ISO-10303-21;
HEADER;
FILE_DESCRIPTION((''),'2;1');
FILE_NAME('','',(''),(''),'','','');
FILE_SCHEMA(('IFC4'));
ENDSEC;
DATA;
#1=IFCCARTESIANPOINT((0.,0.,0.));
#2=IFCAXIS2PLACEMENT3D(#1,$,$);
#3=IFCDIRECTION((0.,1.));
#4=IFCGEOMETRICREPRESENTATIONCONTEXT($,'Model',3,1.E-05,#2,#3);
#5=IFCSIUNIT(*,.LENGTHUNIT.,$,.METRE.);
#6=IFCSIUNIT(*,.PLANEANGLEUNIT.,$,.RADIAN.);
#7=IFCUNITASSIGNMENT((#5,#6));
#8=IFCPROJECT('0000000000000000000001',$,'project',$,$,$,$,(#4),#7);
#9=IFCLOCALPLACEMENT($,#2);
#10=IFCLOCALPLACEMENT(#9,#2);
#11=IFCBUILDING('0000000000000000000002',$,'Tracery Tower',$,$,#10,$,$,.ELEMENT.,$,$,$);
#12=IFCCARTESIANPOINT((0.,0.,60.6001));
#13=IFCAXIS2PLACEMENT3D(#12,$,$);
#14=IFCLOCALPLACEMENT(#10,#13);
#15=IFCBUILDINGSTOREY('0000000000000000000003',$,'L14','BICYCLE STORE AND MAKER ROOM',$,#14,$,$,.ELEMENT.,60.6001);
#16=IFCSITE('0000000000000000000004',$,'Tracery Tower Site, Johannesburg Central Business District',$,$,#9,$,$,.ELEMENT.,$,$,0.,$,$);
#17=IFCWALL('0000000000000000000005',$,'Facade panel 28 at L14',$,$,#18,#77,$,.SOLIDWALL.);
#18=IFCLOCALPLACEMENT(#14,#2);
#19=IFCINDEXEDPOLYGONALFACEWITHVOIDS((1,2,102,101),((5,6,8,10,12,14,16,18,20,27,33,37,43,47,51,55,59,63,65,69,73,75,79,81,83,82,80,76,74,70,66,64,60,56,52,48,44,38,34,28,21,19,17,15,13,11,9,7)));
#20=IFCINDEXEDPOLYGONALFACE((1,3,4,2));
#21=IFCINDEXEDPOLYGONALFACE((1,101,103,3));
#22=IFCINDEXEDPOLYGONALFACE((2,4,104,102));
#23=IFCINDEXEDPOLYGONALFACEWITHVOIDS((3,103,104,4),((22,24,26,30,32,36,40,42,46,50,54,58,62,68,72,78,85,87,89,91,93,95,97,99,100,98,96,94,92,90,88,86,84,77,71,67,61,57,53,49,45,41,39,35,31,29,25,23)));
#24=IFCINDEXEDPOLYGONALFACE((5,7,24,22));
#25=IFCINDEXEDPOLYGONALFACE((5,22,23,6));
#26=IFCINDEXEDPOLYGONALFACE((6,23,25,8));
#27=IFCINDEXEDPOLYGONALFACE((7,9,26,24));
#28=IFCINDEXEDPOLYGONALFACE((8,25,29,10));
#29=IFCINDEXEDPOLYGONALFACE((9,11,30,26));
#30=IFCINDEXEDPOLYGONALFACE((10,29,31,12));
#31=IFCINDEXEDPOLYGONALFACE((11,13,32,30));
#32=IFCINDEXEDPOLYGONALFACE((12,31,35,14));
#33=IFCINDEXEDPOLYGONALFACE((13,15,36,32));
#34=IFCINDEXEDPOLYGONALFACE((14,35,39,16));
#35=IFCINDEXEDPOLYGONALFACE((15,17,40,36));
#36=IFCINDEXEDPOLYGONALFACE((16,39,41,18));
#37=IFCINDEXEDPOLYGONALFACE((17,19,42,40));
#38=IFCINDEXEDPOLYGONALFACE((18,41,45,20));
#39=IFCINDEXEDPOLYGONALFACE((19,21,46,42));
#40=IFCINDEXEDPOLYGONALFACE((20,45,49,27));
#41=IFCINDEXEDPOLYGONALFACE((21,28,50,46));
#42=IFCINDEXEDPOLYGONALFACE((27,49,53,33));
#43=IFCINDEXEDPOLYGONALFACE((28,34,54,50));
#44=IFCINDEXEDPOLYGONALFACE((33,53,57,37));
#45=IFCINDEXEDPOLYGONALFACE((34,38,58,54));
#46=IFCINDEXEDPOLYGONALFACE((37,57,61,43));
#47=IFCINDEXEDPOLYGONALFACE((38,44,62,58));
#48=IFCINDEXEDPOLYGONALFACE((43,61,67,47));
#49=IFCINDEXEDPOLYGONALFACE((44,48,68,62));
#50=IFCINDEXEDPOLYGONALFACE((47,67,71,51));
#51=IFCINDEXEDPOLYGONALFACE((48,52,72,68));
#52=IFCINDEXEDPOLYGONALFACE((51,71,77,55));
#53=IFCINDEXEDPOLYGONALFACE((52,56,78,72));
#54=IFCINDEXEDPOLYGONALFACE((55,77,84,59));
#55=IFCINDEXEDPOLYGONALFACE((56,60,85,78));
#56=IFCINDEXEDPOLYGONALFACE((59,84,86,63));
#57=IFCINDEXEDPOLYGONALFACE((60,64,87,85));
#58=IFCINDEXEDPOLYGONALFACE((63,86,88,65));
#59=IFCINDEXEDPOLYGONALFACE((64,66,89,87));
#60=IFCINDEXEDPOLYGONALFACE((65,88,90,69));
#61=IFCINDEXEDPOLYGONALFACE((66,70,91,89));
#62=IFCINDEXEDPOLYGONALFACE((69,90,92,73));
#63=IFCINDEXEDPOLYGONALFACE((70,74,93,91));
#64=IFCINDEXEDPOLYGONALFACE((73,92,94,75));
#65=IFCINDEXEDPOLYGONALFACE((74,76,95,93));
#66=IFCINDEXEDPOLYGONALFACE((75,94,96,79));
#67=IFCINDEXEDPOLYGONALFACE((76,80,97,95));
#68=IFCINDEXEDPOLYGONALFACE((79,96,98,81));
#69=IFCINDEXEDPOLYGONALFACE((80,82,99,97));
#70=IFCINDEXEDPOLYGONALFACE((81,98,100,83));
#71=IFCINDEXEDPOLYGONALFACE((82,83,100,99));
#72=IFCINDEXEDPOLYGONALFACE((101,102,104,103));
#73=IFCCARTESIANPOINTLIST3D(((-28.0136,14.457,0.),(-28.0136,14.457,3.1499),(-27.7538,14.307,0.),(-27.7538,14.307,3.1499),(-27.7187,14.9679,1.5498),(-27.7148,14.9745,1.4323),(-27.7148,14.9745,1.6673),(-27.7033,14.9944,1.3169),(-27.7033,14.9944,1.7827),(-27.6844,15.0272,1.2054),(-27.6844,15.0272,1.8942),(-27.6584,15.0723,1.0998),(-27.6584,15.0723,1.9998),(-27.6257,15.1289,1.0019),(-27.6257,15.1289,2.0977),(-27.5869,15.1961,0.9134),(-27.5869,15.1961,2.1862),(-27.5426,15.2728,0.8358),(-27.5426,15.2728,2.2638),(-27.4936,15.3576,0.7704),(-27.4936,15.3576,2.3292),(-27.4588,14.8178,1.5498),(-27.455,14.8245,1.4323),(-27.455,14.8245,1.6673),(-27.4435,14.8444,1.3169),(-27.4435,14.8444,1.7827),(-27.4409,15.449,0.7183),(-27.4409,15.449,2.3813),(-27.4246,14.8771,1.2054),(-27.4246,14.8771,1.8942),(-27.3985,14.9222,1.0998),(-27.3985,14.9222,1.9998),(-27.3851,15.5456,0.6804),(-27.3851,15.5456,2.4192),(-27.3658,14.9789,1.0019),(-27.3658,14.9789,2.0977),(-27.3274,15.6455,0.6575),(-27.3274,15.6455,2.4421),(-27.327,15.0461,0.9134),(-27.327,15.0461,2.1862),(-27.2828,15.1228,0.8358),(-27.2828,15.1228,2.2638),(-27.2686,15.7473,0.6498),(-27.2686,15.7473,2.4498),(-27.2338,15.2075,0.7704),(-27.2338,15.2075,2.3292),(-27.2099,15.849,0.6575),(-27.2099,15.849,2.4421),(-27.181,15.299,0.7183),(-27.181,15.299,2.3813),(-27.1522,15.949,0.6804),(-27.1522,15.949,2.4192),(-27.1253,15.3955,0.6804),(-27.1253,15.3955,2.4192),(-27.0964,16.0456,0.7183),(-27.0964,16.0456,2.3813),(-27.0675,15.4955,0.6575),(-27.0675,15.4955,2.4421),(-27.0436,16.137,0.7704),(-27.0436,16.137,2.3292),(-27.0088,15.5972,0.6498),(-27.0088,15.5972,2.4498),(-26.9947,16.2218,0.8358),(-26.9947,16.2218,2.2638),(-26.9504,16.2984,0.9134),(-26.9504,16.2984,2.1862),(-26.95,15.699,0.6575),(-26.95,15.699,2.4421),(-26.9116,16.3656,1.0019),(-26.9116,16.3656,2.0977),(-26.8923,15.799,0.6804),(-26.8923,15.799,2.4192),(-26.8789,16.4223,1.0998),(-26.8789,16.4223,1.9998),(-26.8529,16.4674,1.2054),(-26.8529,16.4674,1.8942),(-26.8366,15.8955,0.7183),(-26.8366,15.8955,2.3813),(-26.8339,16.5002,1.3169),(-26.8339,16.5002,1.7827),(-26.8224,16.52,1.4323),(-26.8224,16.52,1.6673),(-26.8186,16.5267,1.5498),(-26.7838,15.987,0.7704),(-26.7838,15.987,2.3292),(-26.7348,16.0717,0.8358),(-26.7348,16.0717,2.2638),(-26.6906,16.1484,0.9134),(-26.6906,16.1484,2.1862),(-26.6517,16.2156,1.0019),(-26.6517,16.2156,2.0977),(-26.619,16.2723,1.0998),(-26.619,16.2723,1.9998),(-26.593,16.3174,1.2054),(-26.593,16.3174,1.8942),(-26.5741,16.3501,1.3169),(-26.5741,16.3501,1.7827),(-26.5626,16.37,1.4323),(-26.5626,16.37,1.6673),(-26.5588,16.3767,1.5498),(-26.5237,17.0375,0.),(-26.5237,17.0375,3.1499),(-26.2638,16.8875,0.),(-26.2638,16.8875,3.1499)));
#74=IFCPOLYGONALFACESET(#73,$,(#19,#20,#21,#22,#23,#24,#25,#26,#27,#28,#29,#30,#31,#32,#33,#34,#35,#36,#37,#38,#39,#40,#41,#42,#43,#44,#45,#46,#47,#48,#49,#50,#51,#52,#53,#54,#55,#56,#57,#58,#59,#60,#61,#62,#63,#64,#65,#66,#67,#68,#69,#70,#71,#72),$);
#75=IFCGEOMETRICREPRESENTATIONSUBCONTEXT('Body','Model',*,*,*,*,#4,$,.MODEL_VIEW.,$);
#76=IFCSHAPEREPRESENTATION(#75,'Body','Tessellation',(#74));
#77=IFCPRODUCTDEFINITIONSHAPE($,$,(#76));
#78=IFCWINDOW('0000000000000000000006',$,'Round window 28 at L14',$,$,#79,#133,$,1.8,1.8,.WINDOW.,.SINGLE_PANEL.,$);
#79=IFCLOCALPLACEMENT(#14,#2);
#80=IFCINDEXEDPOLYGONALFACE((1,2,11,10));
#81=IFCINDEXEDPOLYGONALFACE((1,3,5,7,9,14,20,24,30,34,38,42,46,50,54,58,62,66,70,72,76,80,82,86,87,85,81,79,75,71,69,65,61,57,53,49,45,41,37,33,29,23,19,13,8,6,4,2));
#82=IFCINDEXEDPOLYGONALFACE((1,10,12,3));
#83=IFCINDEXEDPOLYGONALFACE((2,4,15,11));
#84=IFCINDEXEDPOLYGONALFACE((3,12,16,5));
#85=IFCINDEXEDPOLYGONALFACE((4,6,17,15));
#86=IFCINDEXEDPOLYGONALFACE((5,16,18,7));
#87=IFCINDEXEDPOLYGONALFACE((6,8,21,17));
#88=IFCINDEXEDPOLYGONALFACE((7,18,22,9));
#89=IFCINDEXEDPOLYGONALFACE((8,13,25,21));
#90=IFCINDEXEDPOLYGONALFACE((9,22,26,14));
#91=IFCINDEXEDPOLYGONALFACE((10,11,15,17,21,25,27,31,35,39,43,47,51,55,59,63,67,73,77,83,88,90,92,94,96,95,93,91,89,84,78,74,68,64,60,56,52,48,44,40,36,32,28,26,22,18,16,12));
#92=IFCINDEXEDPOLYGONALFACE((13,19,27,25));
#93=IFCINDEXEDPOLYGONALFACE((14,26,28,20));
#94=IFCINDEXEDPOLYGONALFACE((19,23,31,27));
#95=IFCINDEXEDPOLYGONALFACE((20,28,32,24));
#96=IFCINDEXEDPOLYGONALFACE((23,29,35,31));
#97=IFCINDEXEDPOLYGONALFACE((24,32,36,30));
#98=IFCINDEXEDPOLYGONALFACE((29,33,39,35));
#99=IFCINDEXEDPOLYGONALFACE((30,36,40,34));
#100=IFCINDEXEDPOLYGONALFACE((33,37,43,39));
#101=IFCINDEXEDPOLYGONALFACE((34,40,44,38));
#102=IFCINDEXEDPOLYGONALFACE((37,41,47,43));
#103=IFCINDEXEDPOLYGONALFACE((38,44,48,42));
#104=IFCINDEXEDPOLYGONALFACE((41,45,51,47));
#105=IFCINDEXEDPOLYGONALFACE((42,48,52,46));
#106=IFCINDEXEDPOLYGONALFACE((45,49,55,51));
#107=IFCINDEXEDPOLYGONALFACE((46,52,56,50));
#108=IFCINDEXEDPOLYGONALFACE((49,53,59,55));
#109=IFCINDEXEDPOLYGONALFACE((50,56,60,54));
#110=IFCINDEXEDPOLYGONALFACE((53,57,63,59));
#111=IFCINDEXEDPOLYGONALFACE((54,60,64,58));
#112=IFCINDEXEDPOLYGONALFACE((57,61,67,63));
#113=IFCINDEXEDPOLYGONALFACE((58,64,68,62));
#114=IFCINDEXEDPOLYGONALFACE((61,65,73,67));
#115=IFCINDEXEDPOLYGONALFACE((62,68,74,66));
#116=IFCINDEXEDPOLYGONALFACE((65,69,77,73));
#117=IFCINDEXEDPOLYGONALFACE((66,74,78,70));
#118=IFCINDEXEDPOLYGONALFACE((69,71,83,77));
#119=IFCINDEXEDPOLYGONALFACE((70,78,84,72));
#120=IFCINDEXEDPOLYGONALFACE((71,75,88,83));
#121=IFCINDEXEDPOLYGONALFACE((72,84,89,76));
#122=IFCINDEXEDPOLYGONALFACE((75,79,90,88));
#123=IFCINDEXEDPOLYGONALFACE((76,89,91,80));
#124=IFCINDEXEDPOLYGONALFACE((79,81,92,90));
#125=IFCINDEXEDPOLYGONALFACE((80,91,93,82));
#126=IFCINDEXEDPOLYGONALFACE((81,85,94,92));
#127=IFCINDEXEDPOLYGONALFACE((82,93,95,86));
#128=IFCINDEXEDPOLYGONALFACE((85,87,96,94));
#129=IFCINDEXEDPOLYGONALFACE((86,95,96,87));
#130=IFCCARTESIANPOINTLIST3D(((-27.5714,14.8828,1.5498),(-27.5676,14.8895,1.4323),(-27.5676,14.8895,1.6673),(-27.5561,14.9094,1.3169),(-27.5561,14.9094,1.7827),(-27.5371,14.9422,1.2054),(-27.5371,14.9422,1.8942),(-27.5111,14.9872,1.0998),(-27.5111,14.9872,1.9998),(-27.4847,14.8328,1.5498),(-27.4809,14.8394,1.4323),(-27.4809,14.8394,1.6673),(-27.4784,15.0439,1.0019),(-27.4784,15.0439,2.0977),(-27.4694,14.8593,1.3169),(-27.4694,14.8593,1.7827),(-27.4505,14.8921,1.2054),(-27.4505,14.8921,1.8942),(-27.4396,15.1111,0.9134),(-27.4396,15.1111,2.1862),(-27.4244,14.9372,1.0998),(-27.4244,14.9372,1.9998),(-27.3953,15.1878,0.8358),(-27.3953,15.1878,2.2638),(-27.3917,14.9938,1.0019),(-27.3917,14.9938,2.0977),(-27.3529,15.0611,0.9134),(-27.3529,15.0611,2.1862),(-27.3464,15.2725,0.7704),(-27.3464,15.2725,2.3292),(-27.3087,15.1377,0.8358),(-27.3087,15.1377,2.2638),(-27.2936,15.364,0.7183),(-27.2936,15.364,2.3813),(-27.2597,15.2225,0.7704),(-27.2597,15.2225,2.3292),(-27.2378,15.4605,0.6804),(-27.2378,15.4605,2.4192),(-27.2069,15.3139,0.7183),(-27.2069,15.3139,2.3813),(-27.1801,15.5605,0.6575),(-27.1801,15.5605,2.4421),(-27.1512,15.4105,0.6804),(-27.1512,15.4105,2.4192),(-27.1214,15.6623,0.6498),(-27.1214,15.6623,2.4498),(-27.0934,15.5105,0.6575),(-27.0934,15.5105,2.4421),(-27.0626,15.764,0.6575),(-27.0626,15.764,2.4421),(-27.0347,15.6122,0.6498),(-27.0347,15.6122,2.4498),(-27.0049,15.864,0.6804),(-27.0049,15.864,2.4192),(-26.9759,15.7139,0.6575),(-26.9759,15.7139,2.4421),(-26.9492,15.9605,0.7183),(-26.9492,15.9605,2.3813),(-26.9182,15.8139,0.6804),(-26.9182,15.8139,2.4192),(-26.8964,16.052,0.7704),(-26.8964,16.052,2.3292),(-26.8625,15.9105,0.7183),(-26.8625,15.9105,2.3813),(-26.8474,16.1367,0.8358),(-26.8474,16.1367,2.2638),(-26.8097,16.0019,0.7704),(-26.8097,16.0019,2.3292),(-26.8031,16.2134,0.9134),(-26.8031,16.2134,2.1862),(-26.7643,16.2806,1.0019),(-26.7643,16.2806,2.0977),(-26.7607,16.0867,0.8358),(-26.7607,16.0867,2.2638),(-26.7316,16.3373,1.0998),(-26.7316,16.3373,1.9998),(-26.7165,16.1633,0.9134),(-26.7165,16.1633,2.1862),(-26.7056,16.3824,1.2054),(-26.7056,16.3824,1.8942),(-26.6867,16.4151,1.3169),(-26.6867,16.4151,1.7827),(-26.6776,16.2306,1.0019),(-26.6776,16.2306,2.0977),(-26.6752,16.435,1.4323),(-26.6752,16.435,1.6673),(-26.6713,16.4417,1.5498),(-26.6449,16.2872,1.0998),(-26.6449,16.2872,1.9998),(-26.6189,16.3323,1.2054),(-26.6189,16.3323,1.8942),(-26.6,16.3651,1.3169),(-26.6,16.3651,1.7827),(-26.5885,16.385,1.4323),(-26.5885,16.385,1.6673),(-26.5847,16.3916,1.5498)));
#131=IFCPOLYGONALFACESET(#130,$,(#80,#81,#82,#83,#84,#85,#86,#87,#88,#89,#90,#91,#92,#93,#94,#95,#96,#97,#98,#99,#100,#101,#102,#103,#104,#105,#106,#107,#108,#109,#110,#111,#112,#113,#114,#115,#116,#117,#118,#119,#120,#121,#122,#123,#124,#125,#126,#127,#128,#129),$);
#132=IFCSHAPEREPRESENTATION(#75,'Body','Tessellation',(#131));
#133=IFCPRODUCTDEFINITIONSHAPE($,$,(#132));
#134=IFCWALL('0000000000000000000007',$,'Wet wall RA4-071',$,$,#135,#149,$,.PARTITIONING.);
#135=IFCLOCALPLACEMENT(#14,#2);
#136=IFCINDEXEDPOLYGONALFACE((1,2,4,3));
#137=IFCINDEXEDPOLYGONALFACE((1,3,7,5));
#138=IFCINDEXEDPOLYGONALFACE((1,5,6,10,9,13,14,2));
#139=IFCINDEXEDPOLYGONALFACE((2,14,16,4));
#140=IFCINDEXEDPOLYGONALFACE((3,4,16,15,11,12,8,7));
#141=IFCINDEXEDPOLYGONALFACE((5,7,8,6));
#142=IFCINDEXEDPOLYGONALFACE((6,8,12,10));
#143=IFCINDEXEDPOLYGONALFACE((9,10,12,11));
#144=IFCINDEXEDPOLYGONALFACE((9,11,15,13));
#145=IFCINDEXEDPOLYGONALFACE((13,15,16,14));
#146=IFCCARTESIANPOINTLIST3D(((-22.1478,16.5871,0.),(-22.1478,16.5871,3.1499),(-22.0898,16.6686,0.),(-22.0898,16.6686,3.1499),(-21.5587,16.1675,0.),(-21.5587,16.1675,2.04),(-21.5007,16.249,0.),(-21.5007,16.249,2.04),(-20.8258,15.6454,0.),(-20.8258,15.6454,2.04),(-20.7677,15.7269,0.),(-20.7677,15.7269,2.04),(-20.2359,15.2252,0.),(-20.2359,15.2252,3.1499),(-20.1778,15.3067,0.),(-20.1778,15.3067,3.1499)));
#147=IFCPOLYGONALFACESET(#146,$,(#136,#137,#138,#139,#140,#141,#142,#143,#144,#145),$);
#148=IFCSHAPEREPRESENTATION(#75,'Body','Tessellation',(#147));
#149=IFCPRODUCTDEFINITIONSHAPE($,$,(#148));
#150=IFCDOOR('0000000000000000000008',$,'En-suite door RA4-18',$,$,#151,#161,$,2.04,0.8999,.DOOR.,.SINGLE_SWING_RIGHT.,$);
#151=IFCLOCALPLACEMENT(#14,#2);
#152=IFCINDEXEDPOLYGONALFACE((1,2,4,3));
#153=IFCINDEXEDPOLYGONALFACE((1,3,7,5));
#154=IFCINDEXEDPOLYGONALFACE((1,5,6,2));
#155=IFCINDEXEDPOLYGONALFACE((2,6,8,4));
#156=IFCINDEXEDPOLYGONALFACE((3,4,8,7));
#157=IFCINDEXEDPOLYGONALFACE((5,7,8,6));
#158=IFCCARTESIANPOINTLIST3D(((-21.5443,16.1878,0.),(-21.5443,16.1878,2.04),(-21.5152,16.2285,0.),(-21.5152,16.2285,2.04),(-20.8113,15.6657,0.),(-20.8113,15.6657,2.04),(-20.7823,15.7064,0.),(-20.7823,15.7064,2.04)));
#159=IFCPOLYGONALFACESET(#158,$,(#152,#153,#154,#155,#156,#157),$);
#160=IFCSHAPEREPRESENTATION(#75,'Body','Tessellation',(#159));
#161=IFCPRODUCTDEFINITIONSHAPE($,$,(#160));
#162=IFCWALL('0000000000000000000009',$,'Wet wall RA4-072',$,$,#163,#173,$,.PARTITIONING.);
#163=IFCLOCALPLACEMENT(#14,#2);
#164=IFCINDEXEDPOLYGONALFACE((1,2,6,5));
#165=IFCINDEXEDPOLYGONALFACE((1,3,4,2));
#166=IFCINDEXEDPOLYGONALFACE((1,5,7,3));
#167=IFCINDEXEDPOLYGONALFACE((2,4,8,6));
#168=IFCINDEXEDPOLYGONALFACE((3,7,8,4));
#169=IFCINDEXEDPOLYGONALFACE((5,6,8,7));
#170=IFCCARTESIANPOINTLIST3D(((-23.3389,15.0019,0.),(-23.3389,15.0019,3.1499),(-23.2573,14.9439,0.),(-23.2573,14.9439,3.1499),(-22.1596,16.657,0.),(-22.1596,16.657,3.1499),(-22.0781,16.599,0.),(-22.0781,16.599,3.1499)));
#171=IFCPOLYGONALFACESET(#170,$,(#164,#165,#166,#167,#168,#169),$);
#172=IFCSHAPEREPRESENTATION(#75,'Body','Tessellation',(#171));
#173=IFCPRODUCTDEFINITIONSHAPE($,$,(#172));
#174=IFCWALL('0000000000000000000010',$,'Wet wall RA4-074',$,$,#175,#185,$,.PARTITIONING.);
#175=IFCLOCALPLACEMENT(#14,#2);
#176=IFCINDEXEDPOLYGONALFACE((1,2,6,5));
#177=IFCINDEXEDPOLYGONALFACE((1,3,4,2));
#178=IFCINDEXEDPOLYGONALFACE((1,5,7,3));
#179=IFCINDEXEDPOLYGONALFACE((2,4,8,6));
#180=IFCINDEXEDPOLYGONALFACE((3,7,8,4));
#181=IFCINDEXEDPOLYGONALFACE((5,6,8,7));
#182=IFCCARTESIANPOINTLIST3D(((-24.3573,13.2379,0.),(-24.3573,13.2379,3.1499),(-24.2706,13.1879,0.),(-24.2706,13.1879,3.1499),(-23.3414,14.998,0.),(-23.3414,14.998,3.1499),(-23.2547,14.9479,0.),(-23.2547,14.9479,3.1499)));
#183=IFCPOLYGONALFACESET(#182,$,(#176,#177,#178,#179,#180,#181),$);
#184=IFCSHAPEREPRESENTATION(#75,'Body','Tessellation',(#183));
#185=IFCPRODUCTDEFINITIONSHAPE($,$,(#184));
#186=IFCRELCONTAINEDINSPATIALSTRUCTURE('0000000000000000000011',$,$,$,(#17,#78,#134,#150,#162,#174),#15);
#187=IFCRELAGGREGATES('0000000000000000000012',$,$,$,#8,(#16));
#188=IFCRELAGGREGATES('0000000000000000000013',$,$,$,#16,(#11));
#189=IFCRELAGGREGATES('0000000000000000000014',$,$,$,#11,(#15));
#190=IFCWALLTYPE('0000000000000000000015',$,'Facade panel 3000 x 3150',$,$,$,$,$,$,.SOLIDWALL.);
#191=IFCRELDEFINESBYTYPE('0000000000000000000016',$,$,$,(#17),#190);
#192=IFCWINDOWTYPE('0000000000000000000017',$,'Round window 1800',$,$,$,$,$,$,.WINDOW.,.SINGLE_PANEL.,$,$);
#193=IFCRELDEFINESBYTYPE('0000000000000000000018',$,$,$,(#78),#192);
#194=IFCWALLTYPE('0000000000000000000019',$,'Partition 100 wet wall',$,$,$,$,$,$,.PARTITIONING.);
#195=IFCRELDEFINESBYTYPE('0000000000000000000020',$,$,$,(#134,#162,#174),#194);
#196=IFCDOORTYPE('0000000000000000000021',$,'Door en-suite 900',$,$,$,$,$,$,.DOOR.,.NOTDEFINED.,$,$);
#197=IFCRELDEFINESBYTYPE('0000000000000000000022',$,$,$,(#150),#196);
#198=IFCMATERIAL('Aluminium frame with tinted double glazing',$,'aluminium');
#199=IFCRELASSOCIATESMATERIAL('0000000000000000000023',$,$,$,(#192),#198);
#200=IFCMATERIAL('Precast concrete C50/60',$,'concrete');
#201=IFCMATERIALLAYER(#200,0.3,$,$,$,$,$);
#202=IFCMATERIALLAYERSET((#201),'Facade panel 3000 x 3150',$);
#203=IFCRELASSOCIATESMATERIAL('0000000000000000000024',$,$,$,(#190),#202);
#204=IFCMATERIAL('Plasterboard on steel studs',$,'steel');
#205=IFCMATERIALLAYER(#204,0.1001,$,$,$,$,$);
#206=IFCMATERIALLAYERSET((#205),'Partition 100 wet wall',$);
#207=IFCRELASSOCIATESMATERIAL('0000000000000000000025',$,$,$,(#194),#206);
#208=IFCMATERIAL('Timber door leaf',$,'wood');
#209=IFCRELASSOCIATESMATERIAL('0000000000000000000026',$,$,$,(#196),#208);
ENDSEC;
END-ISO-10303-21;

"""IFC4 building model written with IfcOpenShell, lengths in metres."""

from ifc_helpers import new_model, si_unit, direction, frame, frame_2d, origin, origin_2d, place, context, subcontext, project, spatial, rectangle, circle, extrude, material, layer, layer_set, type_object, element, fill, save


model = new_model("IFC4")

# Units and contexts
model_context = context("Model", 3, precision=1e-05, world=origin(), true_north=direction((0.0, 1.0)))
body_context = subcontext(model_context, "Body", "Model", "MODEL_VIEW")
ifc_project = project(units=[si_unit("LENGTHUNIT", "METRE"), si_unit("PLANEANGLEUNIT", "RADIAN")], contexts=[model_context])

# Site, building, storey
site_placement = place(None, origin())
site = spatial("IfcSite", under=ifc_project, at=site_placement, Name="Tracery Tower Site, Johannesburg Central Business District", CompositionType="ELEMENT", RefElevation=0.0)
building_placement = place(site_placement, origin())
building = spatial("IfcBuilding", under=site, at=building_placement, Name="Tracery Tower", CompositionType="ELEMENT")
storey_placement = place(building_placement, frame((0.0, 0.0, 60.6001)))
storey = spatial("IfcBuildingStorey", under=building, at=storey_placement, Name="L14", Description="BICYCLE STORE AND MAKER ROOM", CompositionType="ELEMENT", Elevation=60.6001)

# Wall, opening, window
ifc_material_1 = material(Name="Aluminium frame with tinted double glazing", Category="aluminium")
window_type = type_object("IfcWindowType", Name="Round window 1800", PartitioningType="SINGLE_PANEL", PredefinedType="WINDOW", material=ifc_material_1)
ifc_material_2 = material(Name="Precast concrete C50/60", Category="concrete")
ifc_layer_1 = layer(ifc_material_2, 0.3)
ifc_layer_set_1 = layer_set([ifc_layer_1], Name="Facade panel 3000 x 3150")
wall_type_1 = type_object("IfcWallType", Name="Facade panel 3000 x 3150", PredefinedType="SOLIDWALL", material=ifc_layer_set_1)
wall_1_placement = place(storey_placement, frame((-26.3938, 16.9624, 0.0), z_axis=(0.0, 0.0, 1.0), x_axis=(-0.500025, -0.866011, 0.0)))
wall_1 = element("IfcWall", 1, at=wall_1_placement, inside=storey, type_object=wall_type_1, Name="Facade panel 28 at L14", PredefinedType="SOLIDWALL", context=body_context, shape_type="SweptSolid", body=[
    extrude(rectangle(XDim=2.9797, YDim=0.3, at=frame_2d((1.4897, 0.0))), origin(), (0.0, 0.0, 1.0), 3.1499),
])
opening_1_placement = place(wall_1_placement, frame((1.4897, 0.0, 1.5498)))
opening_1 = element("IfcOpeningElement", 2, at=opening_1_placement, cuts=wall_1, PredefinedType="OPENING", context=body_context, shape_type="SweptSolid", body=[
    extrude(circle(Radius=0.9, at=origin_2d()), frame((0.0, 0.1599, 0.0), z_axis=(0.0, -1.0, 0.0), x_axis=(1.0, 0.0, 0.0)), (0.0, 0.0, 1.0), 0.3201),
])
window_1_placement = place(opening_1_placement, origin())
window_1 = element("IfcWindow", 3, at=window_1_placement, inside=storey, type_object=window_type, Name="Round window 28 at L14", OverallHeight=1.8, OverallWidth=1.8, PartitioningType="SINGLE_PANEL", PredefinedType="WINDOW", context=body_context, shape_type="SweptSolid", body=[
    extrude(circle(Radius=0.9, at=origin_2d()), frame((0.0, 0.1201, 0.0), z_axis=(0.0, -1.0, 0.0), x_axis=(1.0, 0.0, 0.0)), (0.0, 0.0, 1.0), 0.1001),
])
fill(opening_1, window_1)

# Wall, opening, door
ifc_material_3 = material(Name="Plasterboard on steel studs", Category="steel")
ifc_layer_2 = layer(ifc_material_3, 0.1001)
ifc_layer_set_2 = layer_set([ifc_layer_2], Name="Partition 100 wet wall")
wall_type_2 = type_object("IfcWallType", Name="Partition 100 wet wall", PredefinedType="PARTITIONING", material=ifc_layer_set_2)
wall_2_placement = place(storey_placement, frame((-22.1189, 16.6279, 0.0), z_axis=(0.0, 0.0, 1.0), x_axis=(0.814499, -0.580165, 0.0)))
wall_2 = element("IfcWall", 4, at=wall_2_placement, inside=storey, type_object=wall_type_2, Name="Wet wall RA4-071", PredefinedType="PARTITIONING", context=body_context, shape_type="SweptSolid", body=[
    extrude(rectangle(XDim=2.3474, YDim=0.1001, at=frame_2d((1.1738, 0.0))), origin(), (0.0, 0.0, 1.0), 3.1499),
])
opening_2_placement = place(wall_2_placement, frame((0.7234, 0.0, 0.0)))
opening_2 = element("IfcOpeningElement", 5, at=opening_2_placement, cuts=wall_2, PredefinedType="OPENING", context=body_context, shape_type="SweptSolid", body=[
    extrude(rectangle(XDim=0.8999, YDim=2.04, at=frame_2d((0.45, 1.02))), frame((0.0, 0.05, 0.0), z_axis=(0.0, -1.0, 0.0), x_axis=(1.0, 0.0, 0.0)), (0.0, 0.0, 1.0), 0.1001),
])
ifc_material_4 = material(Name="Timber door leaf", Category="wood")
door_type = type_object("IfcDoorType", Name="Door en-suite 900", OperationType="NOTDEFINED", PredefinedType="DOOR", material=ifc_material_4)
door_1_placement = place(opening_2_placement, origin())
door_1 = element("IfcDoor", 6, at=door_1_placement, inside=storey, type_object=door_type, Name="En-suite door RA4-18", OperationType="SINGLE_SWING_RIGHT", OverallHeight=2.04, OverallWidth=0.8999, PredefinedType="DOOR", context=body_context, shape_type="SweptSolid", body=[
    extrude(rectangle(XDim=0.8999, YDim=2.04, at=frame_2d((0.45, 1.02))), frame((0.0, 0.0249, 0.0), z_axis=(0.0, -1.0, 0.0), x_axis=(1.0, 0.0, 0.0)), (0.0, 0.0, 1.0), 0.05),
])
fill(opening_2, door_1)

# Walls
for number, where, z_axis, x_axis, name in (
    (7, (-23.2981, 14.9729, 0.0), (0.0, 0.0, 1.0), (0.580272, 0.814423, 0.0), "Wet wall RA4-072"),
    (8, (-24.314, 13.2129, 0.0), (0.0, 0.0, 1.0), (0.499899, 0.866084, 0.0), "Wet wall RA4-074"),
):
    element("IfcWall", number, at=place(storey_placement, frame(where, z_axis=z_axis, x_axis=x_axis)), inside=storey, type_object=wall_type_2, Name=name, PredefinedType="PARTITIONING", context=body_context, shape_type="SweptSolid", body=[
        extrude(rectangle(XDim=2.0322, YDim=0.1001, at=frame_2d((1.0161, 0.0))), origin(), (0.0, 0.0, 1.0), 3.1499),
    ])

save(model, "model.ifc")
